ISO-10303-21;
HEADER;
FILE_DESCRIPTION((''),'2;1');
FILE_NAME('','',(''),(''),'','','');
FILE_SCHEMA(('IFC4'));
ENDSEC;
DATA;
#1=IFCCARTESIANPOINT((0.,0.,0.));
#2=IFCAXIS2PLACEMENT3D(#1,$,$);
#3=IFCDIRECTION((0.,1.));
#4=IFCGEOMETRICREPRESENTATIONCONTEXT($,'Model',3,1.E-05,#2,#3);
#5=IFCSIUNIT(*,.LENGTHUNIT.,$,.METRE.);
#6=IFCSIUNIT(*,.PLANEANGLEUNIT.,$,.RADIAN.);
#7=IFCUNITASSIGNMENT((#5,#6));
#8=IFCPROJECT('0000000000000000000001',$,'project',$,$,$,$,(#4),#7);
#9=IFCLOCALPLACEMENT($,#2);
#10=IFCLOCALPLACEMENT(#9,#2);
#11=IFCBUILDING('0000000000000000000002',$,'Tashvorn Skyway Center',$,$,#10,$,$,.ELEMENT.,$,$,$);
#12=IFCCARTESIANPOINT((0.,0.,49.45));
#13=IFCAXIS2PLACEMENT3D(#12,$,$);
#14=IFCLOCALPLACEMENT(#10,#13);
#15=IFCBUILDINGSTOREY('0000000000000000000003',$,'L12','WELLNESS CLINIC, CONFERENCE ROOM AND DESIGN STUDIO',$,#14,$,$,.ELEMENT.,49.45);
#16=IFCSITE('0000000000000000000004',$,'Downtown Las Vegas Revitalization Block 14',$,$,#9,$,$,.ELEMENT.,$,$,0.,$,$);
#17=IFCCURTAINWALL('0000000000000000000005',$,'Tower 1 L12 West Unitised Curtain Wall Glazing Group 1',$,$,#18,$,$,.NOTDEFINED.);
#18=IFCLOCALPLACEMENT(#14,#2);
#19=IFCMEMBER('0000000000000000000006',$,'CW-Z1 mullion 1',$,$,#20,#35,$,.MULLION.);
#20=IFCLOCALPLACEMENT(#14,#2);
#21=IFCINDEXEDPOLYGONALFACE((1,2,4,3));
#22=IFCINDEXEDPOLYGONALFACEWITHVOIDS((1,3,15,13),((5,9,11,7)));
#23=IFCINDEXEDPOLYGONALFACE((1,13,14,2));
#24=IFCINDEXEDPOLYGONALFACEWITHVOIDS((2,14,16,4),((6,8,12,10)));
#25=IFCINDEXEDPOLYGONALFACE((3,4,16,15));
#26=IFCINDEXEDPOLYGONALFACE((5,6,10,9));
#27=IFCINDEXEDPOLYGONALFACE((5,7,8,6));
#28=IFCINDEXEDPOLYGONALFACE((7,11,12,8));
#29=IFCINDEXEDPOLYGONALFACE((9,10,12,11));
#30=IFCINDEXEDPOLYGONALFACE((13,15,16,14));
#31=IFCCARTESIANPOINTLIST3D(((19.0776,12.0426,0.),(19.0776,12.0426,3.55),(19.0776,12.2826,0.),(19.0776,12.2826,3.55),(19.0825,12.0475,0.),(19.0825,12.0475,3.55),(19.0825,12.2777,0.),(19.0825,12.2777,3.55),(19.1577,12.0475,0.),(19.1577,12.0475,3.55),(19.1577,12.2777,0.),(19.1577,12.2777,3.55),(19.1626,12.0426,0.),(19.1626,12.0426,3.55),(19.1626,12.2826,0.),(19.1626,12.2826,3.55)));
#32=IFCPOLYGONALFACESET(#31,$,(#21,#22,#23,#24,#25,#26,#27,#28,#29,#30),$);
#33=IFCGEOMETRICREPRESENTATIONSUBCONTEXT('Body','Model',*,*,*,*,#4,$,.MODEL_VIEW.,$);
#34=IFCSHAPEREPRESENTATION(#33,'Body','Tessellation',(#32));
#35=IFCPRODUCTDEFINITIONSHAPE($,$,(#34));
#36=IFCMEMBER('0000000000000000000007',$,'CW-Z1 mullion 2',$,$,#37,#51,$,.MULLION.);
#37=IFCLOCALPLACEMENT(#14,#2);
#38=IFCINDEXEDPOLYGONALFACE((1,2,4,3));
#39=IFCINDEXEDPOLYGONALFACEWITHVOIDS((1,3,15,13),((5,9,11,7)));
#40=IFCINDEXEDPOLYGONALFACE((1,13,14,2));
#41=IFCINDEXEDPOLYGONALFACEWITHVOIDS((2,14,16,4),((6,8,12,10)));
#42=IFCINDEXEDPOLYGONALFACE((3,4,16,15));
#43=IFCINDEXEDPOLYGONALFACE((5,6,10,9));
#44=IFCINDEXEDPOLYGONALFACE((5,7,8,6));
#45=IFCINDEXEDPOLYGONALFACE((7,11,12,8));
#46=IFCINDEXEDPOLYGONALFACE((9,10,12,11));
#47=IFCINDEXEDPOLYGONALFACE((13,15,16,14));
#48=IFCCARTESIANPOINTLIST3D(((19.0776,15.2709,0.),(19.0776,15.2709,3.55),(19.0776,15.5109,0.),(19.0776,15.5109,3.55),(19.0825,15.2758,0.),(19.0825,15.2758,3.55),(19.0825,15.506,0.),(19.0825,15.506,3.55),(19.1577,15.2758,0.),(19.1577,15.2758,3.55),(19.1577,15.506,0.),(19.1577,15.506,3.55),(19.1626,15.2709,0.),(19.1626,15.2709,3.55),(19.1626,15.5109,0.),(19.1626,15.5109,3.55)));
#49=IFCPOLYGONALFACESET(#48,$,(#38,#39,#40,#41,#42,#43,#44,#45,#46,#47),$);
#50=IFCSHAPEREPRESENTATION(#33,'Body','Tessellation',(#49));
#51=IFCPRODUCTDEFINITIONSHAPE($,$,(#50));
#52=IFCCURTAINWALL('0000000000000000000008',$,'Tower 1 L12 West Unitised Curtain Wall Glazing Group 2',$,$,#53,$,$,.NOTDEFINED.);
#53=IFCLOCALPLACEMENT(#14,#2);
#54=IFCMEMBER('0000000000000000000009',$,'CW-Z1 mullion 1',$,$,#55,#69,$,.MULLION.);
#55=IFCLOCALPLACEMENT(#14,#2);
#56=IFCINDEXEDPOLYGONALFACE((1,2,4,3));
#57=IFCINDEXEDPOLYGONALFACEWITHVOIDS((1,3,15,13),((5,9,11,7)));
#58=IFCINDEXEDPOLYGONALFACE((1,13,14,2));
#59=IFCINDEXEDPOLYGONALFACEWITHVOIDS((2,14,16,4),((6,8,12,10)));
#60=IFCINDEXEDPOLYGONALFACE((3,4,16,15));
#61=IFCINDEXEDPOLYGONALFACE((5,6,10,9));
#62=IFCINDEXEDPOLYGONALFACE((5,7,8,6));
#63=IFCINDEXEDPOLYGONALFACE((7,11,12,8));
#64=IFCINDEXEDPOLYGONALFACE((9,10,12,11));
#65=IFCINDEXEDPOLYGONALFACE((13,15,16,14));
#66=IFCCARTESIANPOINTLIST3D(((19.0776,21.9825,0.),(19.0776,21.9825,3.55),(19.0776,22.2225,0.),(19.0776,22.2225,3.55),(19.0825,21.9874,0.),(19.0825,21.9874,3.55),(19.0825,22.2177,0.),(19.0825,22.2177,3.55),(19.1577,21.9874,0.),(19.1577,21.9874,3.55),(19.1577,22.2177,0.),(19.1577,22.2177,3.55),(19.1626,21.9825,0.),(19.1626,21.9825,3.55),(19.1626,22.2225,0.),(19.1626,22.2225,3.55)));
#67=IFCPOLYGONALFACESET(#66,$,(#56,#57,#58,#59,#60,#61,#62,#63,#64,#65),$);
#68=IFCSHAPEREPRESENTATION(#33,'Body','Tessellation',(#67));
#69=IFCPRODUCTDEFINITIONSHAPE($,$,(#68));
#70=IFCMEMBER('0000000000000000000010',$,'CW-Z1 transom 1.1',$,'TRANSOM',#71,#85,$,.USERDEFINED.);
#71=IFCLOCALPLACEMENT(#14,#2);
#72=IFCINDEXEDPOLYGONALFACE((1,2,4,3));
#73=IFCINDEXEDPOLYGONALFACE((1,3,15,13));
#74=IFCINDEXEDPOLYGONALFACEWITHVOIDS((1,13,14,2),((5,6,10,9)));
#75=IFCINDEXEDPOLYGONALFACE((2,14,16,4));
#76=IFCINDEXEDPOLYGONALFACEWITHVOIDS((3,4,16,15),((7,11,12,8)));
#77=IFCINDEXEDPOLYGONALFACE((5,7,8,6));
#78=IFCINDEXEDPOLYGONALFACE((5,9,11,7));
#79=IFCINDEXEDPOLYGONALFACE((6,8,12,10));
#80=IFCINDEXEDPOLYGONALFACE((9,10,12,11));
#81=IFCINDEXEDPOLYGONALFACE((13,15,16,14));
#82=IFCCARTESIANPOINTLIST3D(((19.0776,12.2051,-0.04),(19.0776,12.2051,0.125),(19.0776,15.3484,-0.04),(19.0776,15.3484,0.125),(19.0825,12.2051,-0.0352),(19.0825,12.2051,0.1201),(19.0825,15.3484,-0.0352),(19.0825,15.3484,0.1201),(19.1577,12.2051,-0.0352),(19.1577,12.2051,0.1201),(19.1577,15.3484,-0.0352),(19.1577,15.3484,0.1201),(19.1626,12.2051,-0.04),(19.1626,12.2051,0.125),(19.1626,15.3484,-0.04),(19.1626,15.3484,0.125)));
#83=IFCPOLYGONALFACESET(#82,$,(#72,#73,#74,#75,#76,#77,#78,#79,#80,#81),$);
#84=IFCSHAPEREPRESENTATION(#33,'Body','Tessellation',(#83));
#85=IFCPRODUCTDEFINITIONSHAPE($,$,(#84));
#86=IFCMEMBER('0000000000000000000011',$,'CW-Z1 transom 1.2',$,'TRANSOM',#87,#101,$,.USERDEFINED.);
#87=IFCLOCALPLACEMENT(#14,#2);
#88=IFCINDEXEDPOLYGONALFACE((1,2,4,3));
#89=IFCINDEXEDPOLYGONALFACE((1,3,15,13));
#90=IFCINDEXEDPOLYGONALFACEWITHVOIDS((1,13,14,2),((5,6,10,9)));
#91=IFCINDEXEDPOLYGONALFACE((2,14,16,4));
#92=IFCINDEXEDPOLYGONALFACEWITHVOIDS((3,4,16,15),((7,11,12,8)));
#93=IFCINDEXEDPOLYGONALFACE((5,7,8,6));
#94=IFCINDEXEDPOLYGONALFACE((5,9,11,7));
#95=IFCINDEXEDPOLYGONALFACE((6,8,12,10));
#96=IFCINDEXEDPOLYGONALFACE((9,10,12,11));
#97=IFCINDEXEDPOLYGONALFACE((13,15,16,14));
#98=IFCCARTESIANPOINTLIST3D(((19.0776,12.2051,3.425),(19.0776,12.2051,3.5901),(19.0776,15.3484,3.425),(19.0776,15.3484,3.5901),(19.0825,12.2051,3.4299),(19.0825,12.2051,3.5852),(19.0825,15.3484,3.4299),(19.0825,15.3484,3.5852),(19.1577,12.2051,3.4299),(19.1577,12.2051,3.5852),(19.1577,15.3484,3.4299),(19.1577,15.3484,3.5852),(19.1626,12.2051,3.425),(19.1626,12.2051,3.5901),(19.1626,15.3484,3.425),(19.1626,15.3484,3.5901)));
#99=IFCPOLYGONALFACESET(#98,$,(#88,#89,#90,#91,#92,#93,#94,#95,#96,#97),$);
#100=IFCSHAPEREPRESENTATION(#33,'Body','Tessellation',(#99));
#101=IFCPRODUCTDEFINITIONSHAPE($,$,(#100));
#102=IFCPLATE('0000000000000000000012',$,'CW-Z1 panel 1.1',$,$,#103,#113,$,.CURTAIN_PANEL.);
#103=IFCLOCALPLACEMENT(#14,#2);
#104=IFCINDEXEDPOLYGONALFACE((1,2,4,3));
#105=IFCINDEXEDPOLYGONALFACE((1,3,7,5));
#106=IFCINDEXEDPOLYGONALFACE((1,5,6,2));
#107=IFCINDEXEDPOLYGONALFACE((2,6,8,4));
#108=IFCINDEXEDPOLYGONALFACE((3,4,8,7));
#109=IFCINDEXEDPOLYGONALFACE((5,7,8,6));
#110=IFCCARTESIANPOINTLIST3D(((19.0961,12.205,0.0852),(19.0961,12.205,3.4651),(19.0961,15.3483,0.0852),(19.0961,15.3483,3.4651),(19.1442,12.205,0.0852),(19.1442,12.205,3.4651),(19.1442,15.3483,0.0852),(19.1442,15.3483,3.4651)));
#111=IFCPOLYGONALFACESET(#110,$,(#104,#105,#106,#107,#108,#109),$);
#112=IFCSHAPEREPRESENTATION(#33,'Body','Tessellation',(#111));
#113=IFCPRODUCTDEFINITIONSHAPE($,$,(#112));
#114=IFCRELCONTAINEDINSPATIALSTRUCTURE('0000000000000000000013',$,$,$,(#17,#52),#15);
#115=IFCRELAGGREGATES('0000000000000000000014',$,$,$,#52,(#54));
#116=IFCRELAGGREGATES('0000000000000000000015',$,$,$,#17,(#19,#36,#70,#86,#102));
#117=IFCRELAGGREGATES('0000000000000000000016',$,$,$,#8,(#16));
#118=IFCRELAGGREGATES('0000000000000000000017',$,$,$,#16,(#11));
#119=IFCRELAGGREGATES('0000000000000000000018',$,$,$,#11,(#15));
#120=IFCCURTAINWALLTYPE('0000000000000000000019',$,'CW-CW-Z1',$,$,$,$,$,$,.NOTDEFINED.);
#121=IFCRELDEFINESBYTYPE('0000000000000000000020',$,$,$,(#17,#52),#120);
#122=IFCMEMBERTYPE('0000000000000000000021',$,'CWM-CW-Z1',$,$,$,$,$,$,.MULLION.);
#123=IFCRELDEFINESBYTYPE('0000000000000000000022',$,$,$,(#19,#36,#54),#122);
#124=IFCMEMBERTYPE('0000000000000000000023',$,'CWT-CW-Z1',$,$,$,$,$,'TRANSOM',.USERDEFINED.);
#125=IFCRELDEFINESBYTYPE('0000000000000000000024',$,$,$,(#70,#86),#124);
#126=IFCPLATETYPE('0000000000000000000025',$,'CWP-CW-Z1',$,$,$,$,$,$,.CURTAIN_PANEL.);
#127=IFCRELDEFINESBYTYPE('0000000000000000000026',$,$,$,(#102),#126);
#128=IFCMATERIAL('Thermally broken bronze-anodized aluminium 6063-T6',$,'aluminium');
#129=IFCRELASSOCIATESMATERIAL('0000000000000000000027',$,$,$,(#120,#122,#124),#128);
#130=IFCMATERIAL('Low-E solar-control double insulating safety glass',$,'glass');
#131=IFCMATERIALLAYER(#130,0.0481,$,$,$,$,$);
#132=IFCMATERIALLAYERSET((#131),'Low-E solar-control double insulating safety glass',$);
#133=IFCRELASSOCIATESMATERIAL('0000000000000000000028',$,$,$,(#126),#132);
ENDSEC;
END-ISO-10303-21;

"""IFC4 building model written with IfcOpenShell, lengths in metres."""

from ifc_helpers import new_model, si_unit, direction, frame, origin, origin_2d, place, context, subcontext, project, spatial, rectangle, hollow_rectangle, extrude, material, layer, layer_set, material_profile, profile_set, type_object, element, aggregate, save


model = new_model("IFC4")

# Units and contexts
model_context = context("Model", 3, precision=1e-05, world=origin(), true_north=direction((0.0, 1.0)))
body_context = subcontext(model_context, "Body", "Model", "MODEL_VIEW")
ifc_project = project(units=[si_unit("LENGTHUNIT", "METRE"), si_unit("PLANEANGLEUNIT", "RADIAN")], contexts=[model_context])

# Site, building, storey
site_placement = place(None, origin())
site = spatial("IfcSite", under=ifc_project, at=site_placement, Name="Downtown Las Vegas Revitalization Block 14", CompositionType="ELEMENT", RefElevation=0.0)
building_placement = place(site_placement, origin())
building = spatial("IfcBuilding", under=site, at=building_placement, Name="Tashvorn Skyway Center", CompositionType="ELEMENT")
storey_placement = place(building_placement, frame((0.0, 0.0, 49.45)))
storey = spatial("IfcBuildingStorey", under=building, at=storey_placement, Name="L12", Description="WELLNESS CLINIC, CONFERENCE ROOM AND DESIGN STUDIO", CompositionType="ELEMENT", Elevation=49.45)

# Curtain wall, members
ifc_material_1 = material(Name="Thermally broken bronze-anodized aluminium 6063-T6", Category="aluminium")
curtain_wall_type = type_object("IfcCurtainWallType", Name="CW-CW-Z1", PredefinedType="NOTDEFINED", material=ifc_material_1)
curtain_wall_1_placement = place(storey_placement, origin())
curtain_wall_1 = element("IfcCurtainWall", 1, at=curtain_wall_1_placement, inside=storey, type_object=curtain_wall_type, Name="Tower 1 L12 West Unitised Curtain Wall Glazing Group 1", PredefinedType="NOTDEFINED")
ifc_material_profile_1 = material_profile(ifc_material_1, hollow_rectangle(XDim=0.085, YDim=0.24, WallThickness=0.0049, at=origin_2d()), Name="ALU-MULL-85x240")
ifc_profile_set_1 = profile_set([ifc_material_profile_1], Name="Thermally broken bronze-anodized aluminium 6063-T6")
member_type_1 = type_object("IfcMemberType", Name="CWM-CW-Z1", PredefinedType="MULLION", material=ifc_profile_set_1)
member_1_placement = place(storey_placement, frame((19.1201, 12.1626, 0.0), z_axis=(0.0, 0.0, 1.0), x_axis=(-1.0, 0.0, 0.0)))
member_1 = element("IfcMember", 2, at=member_1_placement, type_object=member_type_1, Name="CW-Z1 mullion 1", PredefinedType="MULLION", context=body_context, shape_type="SweptSolid", body=[
    extrude(hollow_rectangle(XDim=0.085, YDim=0.24, WallThickness=0.0049, at=origin_2d()), origin(), (0.0, 0.0, 1.0), 3.55),
])
member_2_placement = place(storey_placement, frame((19.1201, 15.3909, 0.0), z_axis=(0.0, 0.0, 1.0), x_axis=(-1.0, 0.0, 0.0)))
member_2 = element("IfcMember", 3, at=member_2_placement, type_object=member_type_1, Name="CW-Z1 mullion 2", PredefinedType="MULLION", context=body_context, shape_type="SweptSolid", body=[
    extrude(hollow_rectangle(XDim=0.085, YDim=0.24, WallThickness=0.0049, at=origin_2d()), origin(), (0.0, 0.0, 1.0), 3.55),
])

# Curtain wall, member
curtain_wall_2_placement = place(storey_placement, origin())
curtain_wall_2 = element("IfcCurtainWall", 4, at=curtain_wall_2_placement, inside=storey, type_object=curtain_wall_type, Name="Tower 1 L12 West Unitised Curtain Wall Glazing Group 2", PredefinedType="NOTDEFINED")
member_3_placement = place(storey_placement, frame((19.1201, 22.1025, 0.0), z_axis=(0.0, 0.0, 1.0), x_axis=(-1.0, 0.0, 0.0)))
member_3 = element("IfcMember", 5, at=member_3_placement, type_object=member_type_1, Name="CW-Z1 mullion 1", PredefinedType="MULLION", context=body_context, shape_type="SweptSolid", body=[
    extrude(hollow_rectangle(XDim=0.085, YDim=0.24, WallThickness=0.0049, at=origin_2d()), origin(), (0.0, 0.0, 1.0), 3.55),
])
aggregate(curtain_wall_2, [member_3])

# Members
ifc_material_profile_2 = material_profile(ifc_material_1, hollow_rectangle(XDim=0.085, YDim=0.165, WallThickness=0.0049, at=origin_2d()), Name="ALU-TRAN-85x165")
ifc_profile_set_2 = profile_set([ifc_material_profile_2], Name="Thermally broken bronze-anodized aluminium 6063-T6")
member_type_2 = type_object("IfcMemberType", Name="CWT-CW-Z1", ElementType="TRANSOM", PredefinedType="USERDEFINED", material=ifc_profile_set_2)
member_4_placement = place(storey_placement, frame((19.1201, 12.2051, 0.0425), z_axis=(0.0, 1.0, 0.0), x_axis=(-1.0, 0.0, 0.0)))
member_4 = element("IfcMember", 6, at=member_4_placement, type_object=member_type_2, Name="CW-Z1 transom 1.1", ObjectType="TRANSOM", PredefinedType="USERDEFINED", context=body_context, shape_type="SweptSolid", body=[
    extrude(hollow_rectangle(XDim=0.085, YDim=0.165, WallThickness=0.0049, at=origin_2d()), origin(), (0.0, 0.0, 1.0), 3.1433),
])
member_5_placement = place(storey_placement, frame((19.1201, 12.2051, 3.5076), z_axis=(0.0, 1.0, 0.0), x_axis=(-1.0, 0.0, 0.0)))
member_5 = element("IfcMember", 7, at=member_5_placement, type_object=member_type_2, Name="CW-Z1 transom 1.2", ObjectType="TRANSOM", PredefinedType="USERDEFINED", context=body_context, shape_type="SweptSolid", body=[
    extrude(hollow_rectangle(XDim=0.085, YDim=0.165, WallThickness=0.0049, at=origin_2d()), origin(), (0.0, 0.0, 1.0), 3.1433),
])

# Plate
ifc_material_2 = material(Name="Low-E solar-control double insulating safety glass", Category="glass")
ifc_layer_1 = layer(ifc_material_2, 0.0481)
ifc_layer_set_1 = layer_set([ifc_layer_1], Name="Low-E solar-control double insulating safety glass")
plate_type = type_object("IfcPlateType", Name="CWP-CW-Z1", PredefinedType="CURTAIN_PANEL", material=ifc_layer_set_1)
plate_placement = place(storey_placement, frame((19.1201, 13.7766, 0.0852), z_axis=(0.0, 0.0, 1.0), x_axis=(0.0, 1.0, 0.0)))
plate = element("IfcPlate", 8, at=plate_placement, type_object=plate_type, Name="CW-Z1 panel 1.1", PredefinedType="CURTAIN_PANEL", context=body_context, shape_type="SweptSolid", body=[
    extrude(rectangle(XDim=3.1433, YDim=0.0481, at=origin_2d()), origin(), (0.0, 0.0, 1.0), 3.3799),
])
aggregate(curtain_wall_1, [member_1, member_2, member_4, member_5, plate])

save(model, "model.ifc")
